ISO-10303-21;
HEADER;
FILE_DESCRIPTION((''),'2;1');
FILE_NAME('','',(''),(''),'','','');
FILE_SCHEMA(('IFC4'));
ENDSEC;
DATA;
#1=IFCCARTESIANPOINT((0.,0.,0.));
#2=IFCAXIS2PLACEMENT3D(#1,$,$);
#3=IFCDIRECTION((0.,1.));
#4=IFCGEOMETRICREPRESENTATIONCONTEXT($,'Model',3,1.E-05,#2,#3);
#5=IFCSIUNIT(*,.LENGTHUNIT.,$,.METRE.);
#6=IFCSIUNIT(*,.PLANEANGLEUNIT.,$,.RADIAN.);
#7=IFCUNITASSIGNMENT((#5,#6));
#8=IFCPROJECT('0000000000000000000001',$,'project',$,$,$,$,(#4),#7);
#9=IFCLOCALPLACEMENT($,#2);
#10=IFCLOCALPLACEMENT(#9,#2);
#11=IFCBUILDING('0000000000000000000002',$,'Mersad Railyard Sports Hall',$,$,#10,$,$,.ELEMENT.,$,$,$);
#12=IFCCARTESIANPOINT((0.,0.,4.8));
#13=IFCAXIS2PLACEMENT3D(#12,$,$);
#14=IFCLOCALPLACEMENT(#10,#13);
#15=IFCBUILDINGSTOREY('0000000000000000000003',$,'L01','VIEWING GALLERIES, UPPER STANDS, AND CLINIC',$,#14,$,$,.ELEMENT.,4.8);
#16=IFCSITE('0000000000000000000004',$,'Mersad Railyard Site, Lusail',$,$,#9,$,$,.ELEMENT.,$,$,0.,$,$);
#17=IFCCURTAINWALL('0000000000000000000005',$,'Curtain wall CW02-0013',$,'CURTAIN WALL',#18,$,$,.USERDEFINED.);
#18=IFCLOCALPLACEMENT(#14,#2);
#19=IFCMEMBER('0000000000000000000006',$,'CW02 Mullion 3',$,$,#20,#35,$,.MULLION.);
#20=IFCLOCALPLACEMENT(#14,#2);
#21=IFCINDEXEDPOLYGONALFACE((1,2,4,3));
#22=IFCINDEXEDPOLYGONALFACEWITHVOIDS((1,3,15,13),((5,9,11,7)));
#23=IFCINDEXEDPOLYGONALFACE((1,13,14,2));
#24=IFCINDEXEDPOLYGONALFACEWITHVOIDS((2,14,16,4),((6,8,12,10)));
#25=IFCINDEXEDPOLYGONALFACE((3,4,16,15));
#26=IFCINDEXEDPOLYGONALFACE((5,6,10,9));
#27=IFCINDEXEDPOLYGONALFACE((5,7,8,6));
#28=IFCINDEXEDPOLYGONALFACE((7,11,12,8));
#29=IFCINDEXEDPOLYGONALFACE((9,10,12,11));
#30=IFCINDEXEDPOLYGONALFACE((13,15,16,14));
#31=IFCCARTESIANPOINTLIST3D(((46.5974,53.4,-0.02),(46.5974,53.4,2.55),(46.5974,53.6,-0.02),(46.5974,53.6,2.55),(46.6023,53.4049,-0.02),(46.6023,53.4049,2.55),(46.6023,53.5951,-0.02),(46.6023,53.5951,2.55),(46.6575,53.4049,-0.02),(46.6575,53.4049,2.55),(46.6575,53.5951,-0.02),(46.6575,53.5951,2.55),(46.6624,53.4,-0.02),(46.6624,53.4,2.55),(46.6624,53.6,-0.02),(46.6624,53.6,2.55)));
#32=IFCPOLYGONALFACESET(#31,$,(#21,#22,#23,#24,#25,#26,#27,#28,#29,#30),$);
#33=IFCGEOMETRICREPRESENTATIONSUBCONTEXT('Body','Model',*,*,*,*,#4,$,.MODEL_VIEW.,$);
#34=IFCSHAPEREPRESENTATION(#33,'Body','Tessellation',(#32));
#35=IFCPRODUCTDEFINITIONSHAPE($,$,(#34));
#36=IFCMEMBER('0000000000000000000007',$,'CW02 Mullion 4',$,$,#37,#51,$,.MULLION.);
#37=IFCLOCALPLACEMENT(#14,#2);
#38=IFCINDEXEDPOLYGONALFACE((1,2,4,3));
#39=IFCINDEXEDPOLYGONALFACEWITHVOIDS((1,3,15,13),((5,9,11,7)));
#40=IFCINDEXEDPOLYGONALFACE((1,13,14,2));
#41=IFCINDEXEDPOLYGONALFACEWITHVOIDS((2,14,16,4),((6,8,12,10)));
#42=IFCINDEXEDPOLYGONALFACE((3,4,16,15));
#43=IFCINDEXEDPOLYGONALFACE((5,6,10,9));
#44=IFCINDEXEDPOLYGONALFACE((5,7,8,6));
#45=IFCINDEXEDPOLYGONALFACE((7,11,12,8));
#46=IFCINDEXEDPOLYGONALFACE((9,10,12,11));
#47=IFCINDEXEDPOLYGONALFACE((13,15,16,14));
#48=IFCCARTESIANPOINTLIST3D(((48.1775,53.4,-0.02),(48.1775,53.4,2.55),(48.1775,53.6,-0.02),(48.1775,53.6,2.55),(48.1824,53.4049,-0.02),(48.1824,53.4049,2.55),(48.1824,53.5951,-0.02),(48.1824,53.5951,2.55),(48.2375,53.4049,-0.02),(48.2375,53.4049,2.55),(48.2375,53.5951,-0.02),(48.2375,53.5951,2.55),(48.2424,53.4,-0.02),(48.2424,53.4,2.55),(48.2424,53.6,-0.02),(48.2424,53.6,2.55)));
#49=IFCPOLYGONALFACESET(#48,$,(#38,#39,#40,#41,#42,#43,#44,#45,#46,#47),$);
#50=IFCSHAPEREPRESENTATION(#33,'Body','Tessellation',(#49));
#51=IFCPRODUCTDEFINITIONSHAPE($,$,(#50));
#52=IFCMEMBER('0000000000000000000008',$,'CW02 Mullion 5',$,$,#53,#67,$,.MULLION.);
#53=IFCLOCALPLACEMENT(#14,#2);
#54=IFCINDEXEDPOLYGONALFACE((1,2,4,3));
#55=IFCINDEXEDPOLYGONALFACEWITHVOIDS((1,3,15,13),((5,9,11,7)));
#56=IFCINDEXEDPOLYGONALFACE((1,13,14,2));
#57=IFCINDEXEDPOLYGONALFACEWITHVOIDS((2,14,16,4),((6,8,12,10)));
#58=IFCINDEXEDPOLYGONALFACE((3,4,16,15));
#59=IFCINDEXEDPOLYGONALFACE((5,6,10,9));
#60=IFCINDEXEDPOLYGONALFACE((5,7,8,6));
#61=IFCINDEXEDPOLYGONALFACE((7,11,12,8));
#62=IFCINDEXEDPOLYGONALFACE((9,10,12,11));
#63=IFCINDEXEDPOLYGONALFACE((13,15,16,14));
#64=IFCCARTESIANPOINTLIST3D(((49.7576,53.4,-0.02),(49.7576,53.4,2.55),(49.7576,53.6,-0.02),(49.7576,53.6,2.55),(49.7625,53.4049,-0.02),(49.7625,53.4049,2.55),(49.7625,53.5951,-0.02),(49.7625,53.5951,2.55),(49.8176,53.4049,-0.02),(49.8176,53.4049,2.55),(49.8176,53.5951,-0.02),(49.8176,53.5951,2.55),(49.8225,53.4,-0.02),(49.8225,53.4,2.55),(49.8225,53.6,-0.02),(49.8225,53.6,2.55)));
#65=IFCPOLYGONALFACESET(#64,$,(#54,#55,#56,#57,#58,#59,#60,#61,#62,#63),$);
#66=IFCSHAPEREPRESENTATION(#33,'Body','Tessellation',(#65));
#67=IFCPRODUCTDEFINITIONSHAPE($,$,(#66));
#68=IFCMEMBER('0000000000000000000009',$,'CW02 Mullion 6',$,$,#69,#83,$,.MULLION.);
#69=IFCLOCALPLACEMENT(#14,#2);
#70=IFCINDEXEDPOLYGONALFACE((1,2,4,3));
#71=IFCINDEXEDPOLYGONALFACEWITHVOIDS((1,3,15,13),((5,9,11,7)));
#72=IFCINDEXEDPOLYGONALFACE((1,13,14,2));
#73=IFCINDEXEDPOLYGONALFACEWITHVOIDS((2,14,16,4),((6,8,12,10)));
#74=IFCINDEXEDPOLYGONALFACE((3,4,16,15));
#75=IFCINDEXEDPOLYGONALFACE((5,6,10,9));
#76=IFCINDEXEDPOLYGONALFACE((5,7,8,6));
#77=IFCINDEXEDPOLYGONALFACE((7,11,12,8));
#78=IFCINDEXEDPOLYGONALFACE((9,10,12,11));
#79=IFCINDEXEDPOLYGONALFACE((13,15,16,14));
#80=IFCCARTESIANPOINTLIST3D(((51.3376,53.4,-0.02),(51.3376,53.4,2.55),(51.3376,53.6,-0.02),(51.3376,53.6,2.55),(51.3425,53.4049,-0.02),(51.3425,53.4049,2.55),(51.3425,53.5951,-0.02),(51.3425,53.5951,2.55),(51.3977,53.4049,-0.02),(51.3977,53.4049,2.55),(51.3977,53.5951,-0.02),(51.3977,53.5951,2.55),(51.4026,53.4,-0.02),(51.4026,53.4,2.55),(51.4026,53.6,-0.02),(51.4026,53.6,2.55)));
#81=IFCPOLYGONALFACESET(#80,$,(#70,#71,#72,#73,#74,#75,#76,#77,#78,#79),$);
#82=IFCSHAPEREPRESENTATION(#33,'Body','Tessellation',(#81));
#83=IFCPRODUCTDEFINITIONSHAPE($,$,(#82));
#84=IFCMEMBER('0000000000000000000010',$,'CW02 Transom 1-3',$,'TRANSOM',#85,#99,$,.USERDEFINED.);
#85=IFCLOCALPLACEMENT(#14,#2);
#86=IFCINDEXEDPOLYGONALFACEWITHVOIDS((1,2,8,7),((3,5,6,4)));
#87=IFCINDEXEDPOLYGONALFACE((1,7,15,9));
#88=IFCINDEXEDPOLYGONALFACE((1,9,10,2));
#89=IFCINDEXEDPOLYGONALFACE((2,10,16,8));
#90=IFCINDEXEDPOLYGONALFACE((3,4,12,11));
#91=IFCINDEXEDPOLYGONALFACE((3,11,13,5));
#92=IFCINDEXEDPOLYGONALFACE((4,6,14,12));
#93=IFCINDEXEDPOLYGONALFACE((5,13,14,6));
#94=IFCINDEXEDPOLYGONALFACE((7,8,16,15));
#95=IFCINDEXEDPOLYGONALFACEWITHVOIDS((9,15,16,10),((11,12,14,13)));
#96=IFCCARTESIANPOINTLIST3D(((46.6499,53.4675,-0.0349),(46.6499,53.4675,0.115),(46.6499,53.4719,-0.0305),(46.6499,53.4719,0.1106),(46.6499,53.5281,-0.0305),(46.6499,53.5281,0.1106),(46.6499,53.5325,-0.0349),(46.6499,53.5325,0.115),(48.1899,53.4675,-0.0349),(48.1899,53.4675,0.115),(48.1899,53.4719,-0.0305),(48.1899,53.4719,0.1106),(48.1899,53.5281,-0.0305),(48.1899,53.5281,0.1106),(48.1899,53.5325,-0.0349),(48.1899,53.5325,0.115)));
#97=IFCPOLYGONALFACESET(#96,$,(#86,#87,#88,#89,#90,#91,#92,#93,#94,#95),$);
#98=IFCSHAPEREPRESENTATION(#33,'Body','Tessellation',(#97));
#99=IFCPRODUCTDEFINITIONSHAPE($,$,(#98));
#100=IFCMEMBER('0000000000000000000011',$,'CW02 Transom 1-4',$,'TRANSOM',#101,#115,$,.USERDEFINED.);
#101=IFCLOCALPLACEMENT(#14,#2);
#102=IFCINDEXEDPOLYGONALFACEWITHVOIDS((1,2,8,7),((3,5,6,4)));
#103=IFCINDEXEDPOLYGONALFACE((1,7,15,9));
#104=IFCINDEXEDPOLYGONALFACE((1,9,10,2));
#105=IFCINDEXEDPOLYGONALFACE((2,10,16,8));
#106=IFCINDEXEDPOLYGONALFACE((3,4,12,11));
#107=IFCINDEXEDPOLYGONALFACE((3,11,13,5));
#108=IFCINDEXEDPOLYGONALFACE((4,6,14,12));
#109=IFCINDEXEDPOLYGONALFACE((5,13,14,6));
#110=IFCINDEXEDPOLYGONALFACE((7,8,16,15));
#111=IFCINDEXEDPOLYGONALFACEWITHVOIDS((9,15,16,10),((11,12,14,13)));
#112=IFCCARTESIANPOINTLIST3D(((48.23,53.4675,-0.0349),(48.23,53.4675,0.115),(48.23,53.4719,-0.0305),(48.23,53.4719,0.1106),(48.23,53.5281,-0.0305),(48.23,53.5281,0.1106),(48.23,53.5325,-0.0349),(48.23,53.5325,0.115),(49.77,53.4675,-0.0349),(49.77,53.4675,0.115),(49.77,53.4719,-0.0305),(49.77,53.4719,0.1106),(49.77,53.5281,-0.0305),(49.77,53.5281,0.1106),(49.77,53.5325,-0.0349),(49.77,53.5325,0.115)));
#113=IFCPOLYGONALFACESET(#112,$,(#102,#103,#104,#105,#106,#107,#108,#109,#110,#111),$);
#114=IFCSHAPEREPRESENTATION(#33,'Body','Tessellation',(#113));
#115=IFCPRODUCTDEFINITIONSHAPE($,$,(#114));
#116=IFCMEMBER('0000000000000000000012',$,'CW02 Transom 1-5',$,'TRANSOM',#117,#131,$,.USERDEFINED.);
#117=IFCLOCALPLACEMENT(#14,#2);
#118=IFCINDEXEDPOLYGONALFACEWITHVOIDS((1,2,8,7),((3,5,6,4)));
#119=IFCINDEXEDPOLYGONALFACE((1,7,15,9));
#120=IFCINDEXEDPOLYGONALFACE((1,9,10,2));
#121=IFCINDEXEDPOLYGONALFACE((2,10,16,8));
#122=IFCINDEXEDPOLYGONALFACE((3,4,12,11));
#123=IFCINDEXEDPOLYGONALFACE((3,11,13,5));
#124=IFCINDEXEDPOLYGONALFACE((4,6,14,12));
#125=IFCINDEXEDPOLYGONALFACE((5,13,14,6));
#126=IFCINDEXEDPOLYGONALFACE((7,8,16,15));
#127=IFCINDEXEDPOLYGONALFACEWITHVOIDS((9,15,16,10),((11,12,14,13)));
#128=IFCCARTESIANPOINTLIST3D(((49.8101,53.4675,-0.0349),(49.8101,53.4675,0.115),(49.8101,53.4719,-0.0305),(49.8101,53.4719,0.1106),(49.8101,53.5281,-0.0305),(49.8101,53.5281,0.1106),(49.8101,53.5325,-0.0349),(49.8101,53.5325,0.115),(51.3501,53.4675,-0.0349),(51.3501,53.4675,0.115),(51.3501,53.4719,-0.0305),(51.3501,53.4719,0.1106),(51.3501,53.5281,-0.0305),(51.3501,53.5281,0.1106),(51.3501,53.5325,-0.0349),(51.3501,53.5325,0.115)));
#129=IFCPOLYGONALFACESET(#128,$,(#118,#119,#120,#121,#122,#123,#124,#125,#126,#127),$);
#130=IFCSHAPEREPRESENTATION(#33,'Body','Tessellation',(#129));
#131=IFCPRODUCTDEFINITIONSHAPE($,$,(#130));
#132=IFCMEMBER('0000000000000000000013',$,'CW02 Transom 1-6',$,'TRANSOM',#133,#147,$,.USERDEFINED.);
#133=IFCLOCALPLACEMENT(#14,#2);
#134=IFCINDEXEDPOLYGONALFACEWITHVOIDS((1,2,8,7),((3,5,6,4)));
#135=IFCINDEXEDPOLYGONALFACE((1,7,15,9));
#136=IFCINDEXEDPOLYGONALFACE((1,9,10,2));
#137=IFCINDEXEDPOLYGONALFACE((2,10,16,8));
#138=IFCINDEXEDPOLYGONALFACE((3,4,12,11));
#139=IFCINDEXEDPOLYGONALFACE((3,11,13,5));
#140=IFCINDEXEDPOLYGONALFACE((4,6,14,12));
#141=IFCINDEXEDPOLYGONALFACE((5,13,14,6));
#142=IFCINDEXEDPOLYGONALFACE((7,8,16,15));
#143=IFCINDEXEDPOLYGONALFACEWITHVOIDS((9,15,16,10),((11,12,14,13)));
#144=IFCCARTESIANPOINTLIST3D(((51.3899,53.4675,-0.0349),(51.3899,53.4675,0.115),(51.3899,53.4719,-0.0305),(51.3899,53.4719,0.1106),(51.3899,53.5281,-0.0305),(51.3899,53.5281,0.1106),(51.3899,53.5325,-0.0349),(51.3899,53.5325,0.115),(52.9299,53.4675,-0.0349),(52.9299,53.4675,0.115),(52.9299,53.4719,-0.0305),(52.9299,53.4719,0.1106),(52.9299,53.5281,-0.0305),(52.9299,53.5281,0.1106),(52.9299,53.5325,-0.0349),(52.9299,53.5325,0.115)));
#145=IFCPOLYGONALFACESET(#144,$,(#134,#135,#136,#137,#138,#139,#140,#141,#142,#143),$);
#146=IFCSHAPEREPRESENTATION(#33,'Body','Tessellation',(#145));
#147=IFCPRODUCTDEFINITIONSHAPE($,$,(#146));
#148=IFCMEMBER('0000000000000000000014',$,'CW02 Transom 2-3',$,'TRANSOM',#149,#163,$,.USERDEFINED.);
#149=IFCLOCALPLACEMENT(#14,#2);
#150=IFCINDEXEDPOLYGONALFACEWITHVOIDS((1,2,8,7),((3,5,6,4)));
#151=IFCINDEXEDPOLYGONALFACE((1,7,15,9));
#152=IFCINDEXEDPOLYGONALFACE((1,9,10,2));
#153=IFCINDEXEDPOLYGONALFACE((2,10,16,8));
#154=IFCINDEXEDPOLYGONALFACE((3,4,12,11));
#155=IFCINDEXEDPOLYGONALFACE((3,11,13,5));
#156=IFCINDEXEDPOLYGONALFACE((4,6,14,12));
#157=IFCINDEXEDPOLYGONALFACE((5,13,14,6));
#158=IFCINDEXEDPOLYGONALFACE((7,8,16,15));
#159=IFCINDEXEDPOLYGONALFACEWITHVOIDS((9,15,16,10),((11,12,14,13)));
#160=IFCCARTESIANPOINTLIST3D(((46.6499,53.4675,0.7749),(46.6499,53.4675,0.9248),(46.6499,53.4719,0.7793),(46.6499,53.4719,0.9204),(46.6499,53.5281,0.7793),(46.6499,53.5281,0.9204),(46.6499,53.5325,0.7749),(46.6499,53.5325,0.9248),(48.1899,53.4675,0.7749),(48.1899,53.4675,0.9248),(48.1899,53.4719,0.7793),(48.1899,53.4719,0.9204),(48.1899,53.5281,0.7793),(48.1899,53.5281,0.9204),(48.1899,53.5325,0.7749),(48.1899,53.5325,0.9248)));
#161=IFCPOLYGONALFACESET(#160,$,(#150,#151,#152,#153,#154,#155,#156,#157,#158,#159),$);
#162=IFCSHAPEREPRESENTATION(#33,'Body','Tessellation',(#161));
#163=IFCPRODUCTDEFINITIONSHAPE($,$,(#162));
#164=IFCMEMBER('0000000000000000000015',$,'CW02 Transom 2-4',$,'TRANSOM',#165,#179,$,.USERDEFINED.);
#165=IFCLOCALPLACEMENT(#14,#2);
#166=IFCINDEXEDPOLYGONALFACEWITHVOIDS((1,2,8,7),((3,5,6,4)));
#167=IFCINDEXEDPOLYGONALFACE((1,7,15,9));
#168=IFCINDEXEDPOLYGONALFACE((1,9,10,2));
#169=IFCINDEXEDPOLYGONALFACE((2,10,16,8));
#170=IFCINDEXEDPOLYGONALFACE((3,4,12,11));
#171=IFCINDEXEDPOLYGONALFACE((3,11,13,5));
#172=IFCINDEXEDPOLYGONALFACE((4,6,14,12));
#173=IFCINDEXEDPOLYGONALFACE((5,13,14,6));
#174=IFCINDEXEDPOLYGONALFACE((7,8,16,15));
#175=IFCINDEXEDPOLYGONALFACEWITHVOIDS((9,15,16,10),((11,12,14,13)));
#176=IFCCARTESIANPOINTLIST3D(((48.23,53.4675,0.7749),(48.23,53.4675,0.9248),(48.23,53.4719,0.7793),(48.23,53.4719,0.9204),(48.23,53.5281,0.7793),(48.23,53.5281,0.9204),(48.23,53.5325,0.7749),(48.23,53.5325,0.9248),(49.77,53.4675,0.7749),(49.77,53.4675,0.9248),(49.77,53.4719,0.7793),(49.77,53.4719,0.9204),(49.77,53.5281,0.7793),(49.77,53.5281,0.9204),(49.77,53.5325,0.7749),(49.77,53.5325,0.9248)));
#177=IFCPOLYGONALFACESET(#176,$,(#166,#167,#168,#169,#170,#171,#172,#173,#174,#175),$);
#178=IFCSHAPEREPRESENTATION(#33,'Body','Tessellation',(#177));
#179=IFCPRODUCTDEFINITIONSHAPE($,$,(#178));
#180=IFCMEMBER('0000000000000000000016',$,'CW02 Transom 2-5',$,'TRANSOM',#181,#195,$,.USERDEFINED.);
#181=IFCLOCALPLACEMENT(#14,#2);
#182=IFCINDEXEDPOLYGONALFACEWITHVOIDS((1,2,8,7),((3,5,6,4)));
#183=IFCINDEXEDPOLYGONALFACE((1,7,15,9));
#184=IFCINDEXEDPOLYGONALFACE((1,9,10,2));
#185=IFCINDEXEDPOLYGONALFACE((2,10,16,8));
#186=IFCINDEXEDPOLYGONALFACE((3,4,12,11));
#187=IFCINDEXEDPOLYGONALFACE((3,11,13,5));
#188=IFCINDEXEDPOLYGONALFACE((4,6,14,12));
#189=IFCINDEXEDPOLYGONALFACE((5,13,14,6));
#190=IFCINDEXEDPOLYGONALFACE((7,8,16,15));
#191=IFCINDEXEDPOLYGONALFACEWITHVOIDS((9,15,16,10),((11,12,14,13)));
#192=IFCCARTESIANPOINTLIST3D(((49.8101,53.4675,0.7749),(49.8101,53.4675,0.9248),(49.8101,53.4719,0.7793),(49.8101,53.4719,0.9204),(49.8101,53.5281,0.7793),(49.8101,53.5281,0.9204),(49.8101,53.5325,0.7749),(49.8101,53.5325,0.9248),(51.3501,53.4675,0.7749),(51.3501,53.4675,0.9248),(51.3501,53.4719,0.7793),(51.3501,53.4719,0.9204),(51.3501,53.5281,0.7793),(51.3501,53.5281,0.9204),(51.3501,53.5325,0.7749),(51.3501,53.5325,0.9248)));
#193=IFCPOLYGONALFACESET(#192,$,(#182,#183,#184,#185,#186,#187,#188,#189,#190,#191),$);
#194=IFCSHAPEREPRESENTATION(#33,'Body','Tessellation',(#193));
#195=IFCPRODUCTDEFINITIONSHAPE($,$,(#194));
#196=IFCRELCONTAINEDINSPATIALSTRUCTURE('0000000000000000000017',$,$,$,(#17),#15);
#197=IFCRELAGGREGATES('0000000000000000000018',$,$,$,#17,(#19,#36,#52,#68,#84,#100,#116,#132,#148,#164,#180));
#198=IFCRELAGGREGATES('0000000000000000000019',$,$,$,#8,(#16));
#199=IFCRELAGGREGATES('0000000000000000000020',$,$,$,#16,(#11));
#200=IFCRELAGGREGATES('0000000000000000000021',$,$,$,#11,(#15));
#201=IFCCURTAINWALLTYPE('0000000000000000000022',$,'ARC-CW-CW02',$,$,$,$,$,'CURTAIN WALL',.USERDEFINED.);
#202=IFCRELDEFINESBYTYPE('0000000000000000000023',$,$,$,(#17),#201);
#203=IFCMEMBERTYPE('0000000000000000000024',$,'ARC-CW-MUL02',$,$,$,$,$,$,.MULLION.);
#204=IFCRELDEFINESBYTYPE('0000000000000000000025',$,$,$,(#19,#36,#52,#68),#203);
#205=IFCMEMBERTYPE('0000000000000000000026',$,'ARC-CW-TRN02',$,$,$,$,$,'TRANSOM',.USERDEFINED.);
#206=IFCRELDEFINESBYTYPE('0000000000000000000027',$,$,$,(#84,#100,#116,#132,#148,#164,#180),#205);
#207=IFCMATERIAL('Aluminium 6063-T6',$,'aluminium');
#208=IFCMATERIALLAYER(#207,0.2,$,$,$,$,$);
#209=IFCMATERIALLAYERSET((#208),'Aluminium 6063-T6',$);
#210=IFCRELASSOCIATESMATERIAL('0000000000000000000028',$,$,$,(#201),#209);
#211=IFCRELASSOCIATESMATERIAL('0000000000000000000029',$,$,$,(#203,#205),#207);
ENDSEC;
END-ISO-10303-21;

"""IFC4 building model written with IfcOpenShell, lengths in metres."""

from ifc_helpers import new_model, si_unit, direction, frame, origin, origin_2d, place, context, subcontext, project, spatial, hollow_rectangle, extrude, material, layer, layer_set, material_profile, profile_set, type_object, element, aggregate, save


model = new_model("IFC4")

# Units and contexts
model_context = context("Model", 3, precision=1e-05, world=origin(), true_north=direction((0.0, 1.0)))
body_context = subcontext(model_context, "Body", "Model", "MODEL_VIEW")
ifc_project = project(units=[si_unit("LENGTHUNIT", "METRE"), si_unit("PLANEANGLEUNIT", "RADIAN")], contexts=[model_context])

# Site, building, storey
site_placement = place(None, origin())
site = spatial("IfcSite", under=ifc_project, at=site_placement, Name="Mersad Railyard Site, Lusail", CompositionType="ELEMENT", RefElevation=0.0)
building_placement = place(site_placement, origin())
building = spatial("IfcBuilding", under=site, at=building_placement, Name="Mersad Railyard Sports Hall", CompositionType="ELEMENT")
storey_placement = place(building_placement, frame((0.0, 0.0, 4.8)))
storey = spatial("IfcBuildingStorey", under=building, at=storey_placement, Name="L01", Description="VIEWING GALLERIES, UPPER STANDS, AND CLINIC", CompositionType="ELEMENT", Elevation=4.8)

# Curtain wall, members
ifc_material_1 = material(Name="Aluminium 6063-T6", Category="aluminium")
ifc_layer_1 = layer(ifc_material_1, 0.2)
ifc_layer_set_1 = layer_set([ifc_layer_1], Name="Aluminium 6063-T6")
curtain_wall_type = type_object("IfcCurtainWallType", Name="ARC-CW-CW02", ElementType="CURTAIN WALL", PredefinedType="USERDEFINED", material=ifc_layer_set_1)
curtain_wall_placement = place(storey_placement, origin())
curtain_wall = element("IfcCurtainWall", 1, at=curtain_wall_placement, inside=storey, type_object=curtain_wall_type, Name="Curtain wall CW02-0013", ObjectType="CURTAIN WALL", PredefinedType="USERDEFINED")
ifc_material_profile_1 = material_profile(ifc_material_1, hollow_rectangle(XDim=0.0649, YDim=0.2, WallThickness=0.0049, at=origin_2d()), Name="AL MULLION 65x200x5")
ifc_profile_set_1 = profile_set([ifc_material_profile_1], Name="Aluminium 6063-T6")
member_type_1 = type_object("IfcMemberType", Name="ARC-CW-MUL02", PredefinedType="MULLION", material=ifc_profile_set_1)
member_1_placement = place(storey_placement, frame((46.6299, 53.5, -0.02), z_axis=(0.0, 0.0, 1.0), x_axis=(1.0, 0.0, 0.0)))
member_1 = element("IfcMember", 2, at=member_1_placement, type_object=member_type_1, Name="CW02 Mullion 3", PredefinedType="MULLION", context=body_context, shape_type="SweptSolid", body=[
    extrude(hollow_rectangle(XDim=0.0649, YDim=0.2, WallThickness=0.0049, at=origin_2d()), origin(), (0.0, 0.0, 1.0), 2.5701),
])
member_2_placement = place(storey_placement, frame((48.21, 53.5, -0.02), z_axis=(0.0, 0.0, 1.0), x_axis=(1.0, 0.0, 0.0)))
member_2 = element("IfcMember", 3, at=member_2_placement, type_object=member_type_1, Name="CW02 Mullion 4", PredefinedType="MULLION", context=body_context, shape_type="SweptSolid", body=[
    extrude(hollow_rectangle(XDim=0.0649, YDim=0.2, WallThickness=0.0049, at=origin_2d()), origin(), (0.0, 0.0, 1.0), 2.5701),
])
member_3_placement = place(storey_placement, frame((49.79, 53.5, -0.02), z_axis=(0.0, 0.0, 1.0), x_axis=(1.0, 0.0, 0.0)))
member_3 = element("IfcMember", 4, at=member_3_placement, type_object=member_type_1, Name="CW02 Mullion 5", PredefinedType="MULLION", context=body_context, shape_type="SweptSolid", body=[
    extrude(hollow_rectangle(XDim=0.0649, YDim=0.2, WallThickness=0.0049, at=origin_2d()), origin(), (0.0, 0.0, 1.0), 2.5701),
])
member_4_placement = place(storey_placement, frame((51.3701, 53.5, -0.02), z_axis=(0.0, 0.0, 1.0), x_axis=(1.0, 0.0, 0.0)))
member_4 = element("IfcMember", 5, at=member_4_placement, type_object=member_type_1, Name="CW02 Mullion 6", PredefinedType="MULLION", context=body_context, shape_type="SweptSolid", body=[
    extrude(hollow_rectangle(XDim=0.0649, YDim=0.2, WallThickness=0.0049, at=origin_2d()), origin(), (0.0, 0.0, 1.0), 2.5701),
])
ifc_material_profile_2 = material_profile(ifc_material_1, hollow_rectangle(XDim=0.0649, YDim=0.1499, WallThickness=0.0044, at=origin_2d()), Name="AL TRANSOM 65x150x4.5")
ifc_profile_set_2 = profile_set([ifc_material_profile_2], Name="Aluminium 6063-T6")
member_type_2 = type_object("IfcMemberType", Name="ARC-CW-TRN02", ElementType="TRANSOM", PredefinedType="USERDEFINED", material=ifc_profile_set_2)
member_5_placement = place(storey_placement, frame((46.6499, 53.5, 0.04), z_axis=(1.0, 0.0, 0.0), x_axis=(0.0, 1.0, 0.0)))
member_5 = element("IfcMember", 6, at=member_5_placement, type_object=member_type_2, Name="CW02 Transom 1-3", ObjectType="TRANSOM", PredefinedType="USERDEFINED", context=body_context, shape_type="SweptSolid", body=[
    extrude(hollow_rectangle(XDim=0.0649, YDim=0.1499, WallThickness=0.0044, at=origin_2d()), origin(), (0.0, 0.0, 1.0), 1.54),
])
member_6_placement = place(storey_placement, frame((48.23, 53.5, 0.04), z_axis=(1.0, 0.0, 0.0), x_axis=(0.0, 1.0, 0.0)))
member_6 = element("IfcMember", 7, at=member_6_placement, type_object=member_type_2, Name="CW02 Transom 1-4", ObjectType="TRANSOM", PredefinedType="USERDEFINED", context=body_context, shape_type="SweptSolid", body=[
    extrude(hollow_rectangle(XDim=0.0649, YDim=0.1499, WallThickness=0.0044, at=origin_2d()), origin(), (0.0, 0.0, 1.0), 1.54),
])
member_7_placement = place(storey_placement, frame((49.8101, 53.5, 0.04), z_axis=(1.0, 0.0, 0.0), x_axis=(0.0, 1.0, 0.0)))
member_7 = element("IfcMember", 8, at=member_7_placement, type_object=member_type_2, Name="CW02 Transom 1-5", ObjectType="TRANSOM", PredefinedType="USERDEFINED", context=body_context, shape_type="SweptSolid", body=[
    extrude(hollow_rectangle(XDim=0.0649, YDim=0.1499, WallThickness=0.0044, at=origin_2d()), origin(), (0.0, 0.0, 1.0), 1.54),
])
member_8_placement = place(storey_placement, frame((51.3899, 53.5, 0.04), z_axis=(1.0, 0.0, 0.0), x_axis=(0.0, 1.0, 0.0)))
member_8 = element("IfcMember", 9, at=member_8_placement, type_object=member_type_2, Name="CW02 Transom 1-6", ObjectType="TRANSOM", PredefinedType="USERDEFINED", context=body_context, shape_type="SweptSolid", body=[
    extrude(hollow_rectangle(XDim=0.0649, YDim=0.1499, WallThickness=0.0044, at=origin_2d()), origin(), (0.0, 0.0, 1.0), 1.54),
])
member_9_placement = place(storey_placement, frame((46.6499, 53.5, 0.8499), z_axis=(1.0, 0.0, 0.0), x_axis=(0.0, 1.0, 0.0)))
member_9 = element("IfcMember", 10, at=member_9_placement, type_object=member_type_2, Name="CW02 Transom 2-3", ObjectType="TRANSOM", PredefinedType="USERDEFINED", context=body_context, shape_type="SweptSolid", body=[
    extrude(hollow_rectangle(XDim=0.0649, YDim=0.1499, WallThickness=0.0044, at=origin_2d()), origin(), (0.0, 0.0, 1.0), 1.54),
])
member_10_placement = place(storey_placement, frame((48.23, 53.5, 0.8499), z_axis=(1.0, 0.0, 0.0), x_axis=(0.0, 1.0, 0.0)))
member_10 = element("IfcMember", 11, at=member_10_placement, type_object=member_type_2, Name="CW02 Transom 2-4", ObjectType="TRANSOM", PredefinedType="USERDEFINED", context=body_context, shape_type="SweptSolid", body=[
    extrude(hollow_rectangle(XDim=0.0649, YDim=0.1499, WallThickness=0.0044, at=origin_2d()), origin(), (0.0, 0.0, 1.0), 1.54),
])
member_11_placement = place(storey_placement, frame((49.8101, 53.5, 0.8499), z_axis=(1.0, 0.0, 0.0), x_axis=(0.0, 1.0, 0.0)))
member_11 = element("IfcMember", 12, at=member_11_placement, type_object=member_type_2, Name="CW02 Transom 2-5", ObjectType="TRANSOM", PredefinedType="USERDEFINED", context=body_context, shape_type="SweptSolid", body=[
    extrude(hollow_rectangle(XDim=0.0649, YDim=0.1499, WallThickness=0.0044, at=origin_2d()), origin(), (0.0, 0.0, 1.0), 1.54),
])

aggregate(curtain_wall, [member_1, member_2, member_3, member_4, member_5, member_6, member_7, member_8, member_9, member_10, member_11])

save(model, "model.ifc")
